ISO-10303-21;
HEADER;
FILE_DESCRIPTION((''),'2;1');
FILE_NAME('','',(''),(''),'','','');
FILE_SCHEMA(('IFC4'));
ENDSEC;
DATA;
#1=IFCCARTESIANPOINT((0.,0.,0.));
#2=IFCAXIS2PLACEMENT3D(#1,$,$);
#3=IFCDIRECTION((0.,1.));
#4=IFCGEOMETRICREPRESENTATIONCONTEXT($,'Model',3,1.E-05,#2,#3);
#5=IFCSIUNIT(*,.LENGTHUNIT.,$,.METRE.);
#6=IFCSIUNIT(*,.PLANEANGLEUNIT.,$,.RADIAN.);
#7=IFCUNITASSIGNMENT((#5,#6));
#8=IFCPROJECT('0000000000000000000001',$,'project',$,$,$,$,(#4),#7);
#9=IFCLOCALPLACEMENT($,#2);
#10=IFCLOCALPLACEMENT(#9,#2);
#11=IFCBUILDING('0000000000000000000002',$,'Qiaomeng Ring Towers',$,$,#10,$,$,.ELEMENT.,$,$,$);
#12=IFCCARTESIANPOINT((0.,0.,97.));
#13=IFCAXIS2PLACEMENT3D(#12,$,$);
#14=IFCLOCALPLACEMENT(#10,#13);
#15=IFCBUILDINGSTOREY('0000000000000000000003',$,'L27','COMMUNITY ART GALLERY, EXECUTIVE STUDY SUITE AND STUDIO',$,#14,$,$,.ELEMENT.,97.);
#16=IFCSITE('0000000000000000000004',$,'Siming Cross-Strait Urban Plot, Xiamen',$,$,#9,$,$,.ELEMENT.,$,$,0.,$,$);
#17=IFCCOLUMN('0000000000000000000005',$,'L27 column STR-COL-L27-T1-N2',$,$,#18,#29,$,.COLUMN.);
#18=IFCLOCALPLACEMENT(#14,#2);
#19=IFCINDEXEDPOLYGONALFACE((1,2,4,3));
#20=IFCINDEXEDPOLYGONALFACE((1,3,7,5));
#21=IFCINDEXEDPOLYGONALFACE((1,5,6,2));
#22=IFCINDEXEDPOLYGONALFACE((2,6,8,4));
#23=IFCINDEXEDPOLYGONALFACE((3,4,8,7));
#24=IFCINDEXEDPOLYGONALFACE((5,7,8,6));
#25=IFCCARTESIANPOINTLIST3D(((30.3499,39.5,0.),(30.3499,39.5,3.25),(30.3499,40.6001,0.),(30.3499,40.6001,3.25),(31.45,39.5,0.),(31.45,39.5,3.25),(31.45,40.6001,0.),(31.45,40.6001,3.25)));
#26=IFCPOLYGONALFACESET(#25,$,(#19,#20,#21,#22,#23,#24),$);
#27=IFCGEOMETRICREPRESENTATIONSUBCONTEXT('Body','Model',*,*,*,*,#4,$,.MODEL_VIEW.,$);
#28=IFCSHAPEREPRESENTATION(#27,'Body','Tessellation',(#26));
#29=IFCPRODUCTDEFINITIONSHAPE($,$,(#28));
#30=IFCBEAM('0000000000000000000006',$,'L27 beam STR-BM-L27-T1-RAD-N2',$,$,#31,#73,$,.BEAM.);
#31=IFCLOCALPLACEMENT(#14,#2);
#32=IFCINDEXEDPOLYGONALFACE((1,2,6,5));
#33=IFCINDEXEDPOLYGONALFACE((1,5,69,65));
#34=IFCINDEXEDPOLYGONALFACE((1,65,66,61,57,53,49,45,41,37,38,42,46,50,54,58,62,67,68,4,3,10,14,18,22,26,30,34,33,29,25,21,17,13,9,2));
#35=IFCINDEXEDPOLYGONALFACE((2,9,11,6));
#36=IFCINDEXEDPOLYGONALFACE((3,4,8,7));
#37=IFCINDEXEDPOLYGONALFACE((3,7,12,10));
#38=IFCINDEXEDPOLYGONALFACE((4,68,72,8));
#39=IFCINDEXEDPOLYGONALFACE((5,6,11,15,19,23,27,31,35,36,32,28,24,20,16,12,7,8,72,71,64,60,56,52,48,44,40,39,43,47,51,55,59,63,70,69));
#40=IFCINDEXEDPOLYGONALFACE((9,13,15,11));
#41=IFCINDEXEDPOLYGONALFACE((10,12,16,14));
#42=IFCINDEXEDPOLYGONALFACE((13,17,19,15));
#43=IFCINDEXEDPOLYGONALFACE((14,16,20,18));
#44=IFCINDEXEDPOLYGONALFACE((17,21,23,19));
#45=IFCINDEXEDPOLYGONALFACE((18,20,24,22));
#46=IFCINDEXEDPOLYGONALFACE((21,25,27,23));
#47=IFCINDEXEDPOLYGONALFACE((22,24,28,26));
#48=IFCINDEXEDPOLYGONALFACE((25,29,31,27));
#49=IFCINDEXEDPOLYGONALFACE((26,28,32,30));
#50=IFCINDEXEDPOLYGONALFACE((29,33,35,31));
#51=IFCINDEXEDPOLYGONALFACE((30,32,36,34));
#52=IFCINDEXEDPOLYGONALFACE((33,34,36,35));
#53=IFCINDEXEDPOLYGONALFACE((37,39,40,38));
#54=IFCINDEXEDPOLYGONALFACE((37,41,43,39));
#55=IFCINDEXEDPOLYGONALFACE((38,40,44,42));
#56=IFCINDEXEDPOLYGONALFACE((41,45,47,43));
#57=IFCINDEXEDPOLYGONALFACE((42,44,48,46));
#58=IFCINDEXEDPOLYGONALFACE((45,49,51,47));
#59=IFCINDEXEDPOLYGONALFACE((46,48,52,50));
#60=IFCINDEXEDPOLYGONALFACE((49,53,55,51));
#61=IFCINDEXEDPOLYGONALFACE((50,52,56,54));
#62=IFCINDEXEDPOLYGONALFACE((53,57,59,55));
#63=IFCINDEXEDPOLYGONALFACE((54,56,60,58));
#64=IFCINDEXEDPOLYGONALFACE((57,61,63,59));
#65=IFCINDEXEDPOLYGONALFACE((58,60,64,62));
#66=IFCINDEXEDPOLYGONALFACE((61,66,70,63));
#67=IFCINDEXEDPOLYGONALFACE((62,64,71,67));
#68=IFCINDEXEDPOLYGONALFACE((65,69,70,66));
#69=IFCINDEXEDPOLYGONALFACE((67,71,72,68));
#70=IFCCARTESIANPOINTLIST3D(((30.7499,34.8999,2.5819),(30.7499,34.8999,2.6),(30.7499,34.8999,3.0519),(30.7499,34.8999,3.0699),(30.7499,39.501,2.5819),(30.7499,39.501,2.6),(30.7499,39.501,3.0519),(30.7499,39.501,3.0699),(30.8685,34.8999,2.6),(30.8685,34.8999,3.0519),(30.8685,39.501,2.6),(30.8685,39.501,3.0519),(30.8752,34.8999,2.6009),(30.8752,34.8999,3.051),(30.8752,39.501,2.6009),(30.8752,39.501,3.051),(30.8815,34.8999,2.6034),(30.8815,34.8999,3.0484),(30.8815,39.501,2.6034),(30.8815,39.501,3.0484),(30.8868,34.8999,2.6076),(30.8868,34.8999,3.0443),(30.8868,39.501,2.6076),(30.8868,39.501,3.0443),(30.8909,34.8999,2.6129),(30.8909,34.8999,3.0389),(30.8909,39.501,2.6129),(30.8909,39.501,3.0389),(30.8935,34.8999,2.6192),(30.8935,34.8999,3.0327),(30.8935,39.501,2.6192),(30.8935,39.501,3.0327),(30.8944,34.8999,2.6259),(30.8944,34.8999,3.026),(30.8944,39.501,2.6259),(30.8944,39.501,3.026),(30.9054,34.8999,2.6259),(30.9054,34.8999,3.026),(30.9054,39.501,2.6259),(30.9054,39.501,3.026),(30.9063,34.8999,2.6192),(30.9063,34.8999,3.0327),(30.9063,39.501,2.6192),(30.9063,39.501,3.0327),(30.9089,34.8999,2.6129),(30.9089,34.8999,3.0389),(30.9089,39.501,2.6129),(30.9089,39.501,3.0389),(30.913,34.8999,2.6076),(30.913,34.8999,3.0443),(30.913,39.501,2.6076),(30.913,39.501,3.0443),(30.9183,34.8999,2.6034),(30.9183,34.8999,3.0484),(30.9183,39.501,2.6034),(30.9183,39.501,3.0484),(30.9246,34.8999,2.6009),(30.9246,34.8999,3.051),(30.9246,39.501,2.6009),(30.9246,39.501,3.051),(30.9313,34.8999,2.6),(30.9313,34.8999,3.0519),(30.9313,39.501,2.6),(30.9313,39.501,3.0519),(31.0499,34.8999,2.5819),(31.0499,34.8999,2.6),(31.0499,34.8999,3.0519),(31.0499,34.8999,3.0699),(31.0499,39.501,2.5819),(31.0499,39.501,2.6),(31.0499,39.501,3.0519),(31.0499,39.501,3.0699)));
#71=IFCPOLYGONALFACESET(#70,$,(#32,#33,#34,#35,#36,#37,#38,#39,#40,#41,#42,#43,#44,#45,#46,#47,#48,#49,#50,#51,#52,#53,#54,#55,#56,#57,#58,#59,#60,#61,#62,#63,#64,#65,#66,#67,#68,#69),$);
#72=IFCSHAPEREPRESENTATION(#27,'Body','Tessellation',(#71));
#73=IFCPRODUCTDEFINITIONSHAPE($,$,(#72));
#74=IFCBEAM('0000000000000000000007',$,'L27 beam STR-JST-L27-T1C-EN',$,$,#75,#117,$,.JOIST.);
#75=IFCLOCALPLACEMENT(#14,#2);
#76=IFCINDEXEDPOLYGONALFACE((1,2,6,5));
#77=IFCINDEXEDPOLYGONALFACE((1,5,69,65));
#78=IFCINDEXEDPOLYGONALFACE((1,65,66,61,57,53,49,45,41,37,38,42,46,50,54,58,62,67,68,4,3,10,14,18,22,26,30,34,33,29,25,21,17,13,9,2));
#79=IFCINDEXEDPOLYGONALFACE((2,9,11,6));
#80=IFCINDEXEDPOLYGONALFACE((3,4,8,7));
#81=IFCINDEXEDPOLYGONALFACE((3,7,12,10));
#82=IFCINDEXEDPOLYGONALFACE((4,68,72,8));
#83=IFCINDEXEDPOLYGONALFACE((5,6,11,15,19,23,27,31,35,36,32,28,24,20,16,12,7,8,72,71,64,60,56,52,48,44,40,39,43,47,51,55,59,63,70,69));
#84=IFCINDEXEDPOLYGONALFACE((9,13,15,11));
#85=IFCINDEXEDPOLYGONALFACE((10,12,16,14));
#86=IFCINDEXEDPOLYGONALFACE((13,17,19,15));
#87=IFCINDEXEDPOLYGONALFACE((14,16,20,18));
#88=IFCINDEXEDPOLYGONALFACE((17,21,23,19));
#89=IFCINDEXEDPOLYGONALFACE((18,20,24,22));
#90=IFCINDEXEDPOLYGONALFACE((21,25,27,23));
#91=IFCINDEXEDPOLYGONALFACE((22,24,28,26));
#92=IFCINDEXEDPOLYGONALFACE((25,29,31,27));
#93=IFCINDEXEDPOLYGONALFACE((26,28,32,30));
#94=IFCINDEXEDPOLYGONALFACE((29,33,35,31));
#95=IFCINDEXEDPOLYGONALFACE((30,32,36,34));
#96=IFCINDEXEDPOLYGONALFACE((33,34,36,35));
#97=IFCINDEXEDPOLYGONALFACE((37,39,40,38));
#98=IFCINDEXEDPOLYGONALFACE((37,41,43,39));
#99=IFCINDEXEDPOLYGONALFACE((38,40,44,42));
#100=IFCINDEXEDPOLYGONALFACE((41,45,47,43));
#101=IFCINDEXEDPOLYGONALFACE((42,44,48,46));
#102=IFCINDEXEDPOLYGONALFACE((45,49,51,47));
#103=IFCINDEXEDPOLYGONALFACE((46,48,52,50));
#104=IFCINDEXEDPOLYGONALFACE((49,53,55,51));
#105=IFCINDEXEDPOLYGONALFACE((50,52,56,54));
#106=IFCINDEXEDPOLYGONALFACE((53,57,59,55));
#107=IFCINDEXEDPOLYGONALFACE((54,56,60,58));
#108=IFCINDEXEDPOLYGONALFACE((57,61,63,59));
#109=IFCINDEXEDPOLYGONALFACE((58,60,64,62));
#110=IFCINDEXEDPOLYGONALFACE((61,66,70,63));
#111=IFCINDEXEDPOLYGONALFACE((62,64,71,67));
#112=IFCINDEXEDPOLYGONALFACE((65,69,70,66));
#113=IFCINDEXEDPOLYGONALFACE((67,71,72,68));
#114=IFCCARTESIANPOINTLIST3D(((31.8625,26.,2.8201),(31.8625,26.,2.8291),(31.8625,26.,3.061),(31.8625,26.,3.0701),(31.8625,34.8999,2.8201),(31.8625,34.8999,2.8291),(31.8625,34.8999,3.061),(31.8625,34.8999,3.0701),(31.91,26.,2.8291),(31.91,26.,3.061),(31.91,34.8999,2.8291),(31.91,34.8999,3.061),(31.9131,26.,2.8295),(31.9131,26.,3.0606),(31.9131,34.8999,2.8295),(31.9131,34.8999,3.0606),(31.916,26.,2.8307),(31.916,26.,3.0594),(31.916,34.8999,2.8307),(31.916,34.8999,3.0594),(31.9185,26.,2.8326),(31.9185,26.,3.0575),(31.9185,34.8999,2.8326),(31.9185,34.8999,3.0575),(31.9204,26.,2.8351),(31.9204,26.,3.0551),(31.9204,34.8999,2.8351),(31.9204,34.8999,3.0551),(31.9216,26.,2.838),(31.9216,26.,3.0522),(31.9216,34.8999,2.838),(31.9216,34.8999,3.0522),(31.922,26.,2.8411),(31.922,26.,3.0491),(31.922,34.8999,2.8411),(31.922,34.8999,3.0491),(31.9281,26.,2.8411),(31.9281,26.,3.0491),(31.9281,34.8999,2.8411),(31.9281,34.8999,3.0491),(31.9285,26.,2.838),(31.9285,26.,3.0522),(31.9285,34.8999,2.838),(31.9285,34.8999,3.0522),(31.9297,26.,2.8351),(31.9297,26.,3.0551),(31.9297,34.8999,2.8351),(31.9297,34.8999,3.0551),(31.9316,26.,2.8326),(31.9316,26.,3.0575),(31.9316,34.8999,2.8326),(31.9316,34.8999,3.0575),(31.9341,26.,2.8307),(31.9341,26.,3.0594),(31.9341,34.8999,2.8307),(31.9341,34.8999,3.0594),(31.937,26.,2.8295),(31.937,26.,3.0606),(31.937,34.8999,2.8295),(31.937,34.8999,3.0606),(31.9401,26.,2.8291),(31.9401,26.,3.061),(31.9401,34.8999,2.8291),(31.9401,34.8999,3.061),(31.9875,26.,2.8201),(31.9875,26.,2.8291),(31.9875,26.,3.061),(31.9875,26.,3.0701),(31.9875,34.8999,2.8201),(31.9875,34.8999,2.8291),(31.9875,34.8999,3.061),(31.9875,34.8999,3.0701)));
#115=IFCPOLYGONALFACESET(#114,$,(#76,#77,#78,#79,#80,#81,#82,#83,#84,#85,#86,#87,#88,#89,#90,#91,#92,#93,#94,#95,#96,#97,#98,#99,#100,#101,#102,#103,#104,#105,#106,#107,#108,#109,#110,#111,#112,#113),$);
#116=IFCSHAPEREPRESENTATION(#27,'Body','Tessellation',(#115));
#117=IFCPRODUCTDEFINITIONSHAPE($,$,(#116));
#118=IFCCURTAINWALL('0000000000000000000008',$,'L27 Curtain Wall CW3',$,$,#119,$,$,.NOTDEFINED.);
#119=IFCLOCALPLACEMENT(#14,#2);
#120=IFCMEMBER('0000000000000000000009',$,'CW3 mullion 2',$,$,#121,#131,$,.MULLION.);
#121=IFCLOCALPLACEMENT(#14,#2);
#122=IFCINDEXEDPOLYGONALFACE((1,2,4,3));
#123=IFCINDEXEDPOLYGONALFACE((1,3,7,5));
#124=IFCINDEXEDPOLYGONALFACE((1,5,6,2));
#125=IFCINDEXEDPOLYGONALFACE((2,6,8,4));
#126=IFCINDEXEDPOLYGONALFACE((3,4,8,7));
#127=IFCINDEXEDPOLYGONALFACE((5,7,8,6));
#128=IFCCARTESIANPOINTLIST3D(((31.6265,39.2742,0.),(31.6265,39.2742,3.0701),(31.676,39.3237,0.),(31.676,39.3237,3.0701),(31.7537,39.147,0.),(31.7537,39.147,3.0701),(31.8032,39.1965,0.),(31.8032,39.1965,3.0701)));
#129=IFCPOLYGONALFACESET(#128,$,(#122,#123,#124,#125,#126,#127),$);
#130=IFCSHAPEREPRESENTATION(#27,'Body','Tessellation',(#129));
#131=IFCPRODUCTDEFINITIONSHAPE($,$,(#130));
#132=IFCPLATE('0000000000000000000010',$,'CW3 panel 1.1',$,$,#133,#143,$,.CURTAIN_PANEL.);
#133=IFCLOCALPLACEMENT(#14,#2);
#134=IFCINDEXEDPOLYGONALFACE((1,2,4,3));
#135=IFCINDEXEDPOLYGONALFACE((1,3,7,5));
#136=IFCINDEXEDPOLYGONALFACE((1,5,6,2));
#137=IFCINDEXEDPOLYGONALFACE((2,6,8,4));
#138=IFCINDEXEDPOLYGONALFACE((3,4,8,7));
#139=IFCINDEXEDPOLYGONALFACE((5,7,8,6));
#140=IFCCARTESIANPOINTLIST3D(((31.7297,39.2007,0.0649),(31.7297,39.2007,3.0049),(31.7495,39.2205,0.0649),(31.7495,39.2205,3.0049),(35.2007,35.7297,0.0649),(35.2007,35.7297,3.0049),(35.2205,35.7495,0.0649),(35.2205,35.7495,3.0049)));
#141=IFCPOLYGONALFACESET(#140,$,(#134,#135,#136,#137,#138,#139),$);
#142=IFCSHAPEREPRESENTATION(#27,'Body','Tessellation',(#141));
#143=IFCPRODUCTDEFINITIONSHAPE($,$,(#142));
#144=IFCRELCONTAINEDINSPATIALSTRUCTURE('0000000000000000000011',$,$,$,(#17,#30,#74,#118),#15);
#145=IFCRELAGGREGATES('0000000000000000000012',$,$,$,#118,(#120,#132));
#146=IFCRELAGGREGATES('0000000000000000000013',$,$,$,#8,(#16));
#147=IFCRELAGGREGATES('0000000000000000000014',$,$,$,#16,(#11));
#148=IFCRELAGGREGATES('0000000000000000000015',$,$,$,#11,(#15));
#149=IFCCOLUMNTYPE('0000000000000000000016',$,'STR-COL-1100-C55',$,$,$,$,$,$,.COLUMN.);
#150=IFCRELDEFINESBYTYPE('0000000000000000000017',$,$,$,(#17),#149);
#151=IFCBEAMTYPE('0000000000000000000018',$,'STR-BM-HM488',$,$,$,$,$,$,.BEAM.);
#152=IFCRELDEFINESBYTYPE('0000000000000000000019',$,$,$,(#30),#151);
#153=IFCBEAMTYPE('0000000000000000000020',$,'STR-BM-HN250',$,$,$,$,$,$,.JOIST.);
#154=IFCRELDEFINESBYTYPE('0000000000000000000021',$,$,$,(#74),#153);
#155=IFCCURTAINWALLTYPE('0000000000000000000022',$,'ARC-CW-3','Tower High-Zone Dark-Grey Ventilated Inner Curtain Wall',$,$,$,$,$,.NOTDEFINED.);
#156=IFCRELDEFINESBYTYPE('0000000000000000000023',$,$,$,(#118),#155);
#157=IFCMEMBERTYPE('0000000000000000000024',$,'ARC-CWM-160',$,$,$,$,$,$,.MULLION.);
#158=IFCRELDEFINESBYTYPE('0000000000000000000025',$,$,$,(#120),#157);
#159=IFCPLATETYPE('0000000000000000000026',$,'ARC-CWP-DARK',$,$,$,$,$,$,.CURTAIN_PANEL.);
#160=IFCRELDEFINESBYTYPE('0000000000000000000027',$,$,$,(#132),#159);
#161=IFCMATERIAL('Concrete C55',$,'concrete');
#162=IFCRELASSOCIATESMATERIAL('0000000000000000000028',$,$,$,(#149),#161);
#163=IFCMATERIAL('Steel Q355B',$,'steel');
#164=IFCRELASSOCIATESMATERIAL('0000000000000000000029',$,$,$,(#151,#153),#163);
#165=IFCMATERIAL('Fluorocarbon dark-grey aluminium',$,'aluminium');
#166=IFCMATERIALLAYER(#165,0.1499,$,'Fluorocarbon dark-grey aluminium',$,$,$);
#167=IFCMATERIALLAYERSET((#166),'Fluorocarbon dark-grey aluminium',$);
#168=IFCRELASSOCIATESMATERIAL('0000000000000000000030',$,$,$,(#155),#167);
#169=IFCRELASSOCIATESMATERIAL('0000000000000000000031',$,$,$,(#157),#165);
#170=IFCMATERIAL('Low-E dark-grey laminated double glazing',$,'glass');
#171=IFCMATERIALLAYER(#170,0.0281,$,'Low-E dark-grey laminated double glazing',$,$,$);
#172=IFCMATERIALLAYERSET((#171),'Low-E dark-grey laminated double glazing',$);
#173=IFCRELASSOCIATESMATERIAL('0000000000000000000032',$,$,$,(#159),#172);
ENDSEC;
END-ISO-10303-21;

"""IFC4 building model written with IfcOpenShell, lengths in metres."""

from ifc_helpers import new_model, si_unit, direction, frame, origin, origin_2d, place, context, subcontext, project, spatial, rectangle, i_section, extrude, source, transform, mapped, material, layer, layer_set, material_profile, profile_set, type_object, element, aggregate, save


model = new_model("IFC4")

# Units and contexts
model_context = context("Model", 3, precision=1e-05, world=origin(), true_north=direction((0.0, 1.0)))
body_context = subcontext(model_context, "Body", "Model", "MODEL_VIEW")
ifc_project = project(units=[si_unit("LENGTHUNIT", "METRE"), si_unit("PLANEANGLEUNIT", "RADIAN")], contexts=[model_context])

# Site, building, storey
site_placement = place(None, origin())
site = spatial("IfcSite", under=ifc_project, at=site_placement, Name="Siming Cross-Strait Urban Plot, Xiamen", CompositionType="ELEMENT", RefElevation=0.0)
building_placement = place(site_placement, origin())
building = spatial("IfcBuilding", under=site, at=building_placement, Name="Qiaomeng Ring Towers", CompositionType="ELEMENT")
storey_placement = place(building_placement, frame((0.0, 0.0, 97.0)))
storey = spatial("IfcBuildingStorey", under=building, at=storey_placement, Name="L27", Description="COMMUNITY ART GALLERY, EXECUTIVE STUDY SUITE AND STUDIO", CompositionType="ELEMENT", Elevation=97.0)

# Column
ifc_material_1 = material(Name="Concrete C55", Category="concrete")
ifc_material_profile_1 = material_profile(ifc_material_1, rectangle(XDim=1.1001, YDim=1.1001, at=origin_2d()), Name="RC COL 1100x1100")
ifc_profile_set_1 = profile_set([ifc_material_profile_1], Name="Concrete C55")
column_type = type_object("IfcColumnType", Name="STR-COL-1100-C55", PredefinedType="COLUMN", material=ifc_profile_set_1)
shared_shape_1 = source(origin(), body_context, "Body", "SweptSolid", [
    extrude(rectangle(XDim=1.1001, YDim=1.1001, at=origin_2d()), origin(), (0.0, 0.0, 1.0), 3.25),
])
column_placement = place(storey_placement, frame((30.8999, 40.05, 0.0), z_axis=(0.0, 0.0, 1.0), x_axis=(1.0, 0.0, 0.0)))
element("IfcColumn", 1, at=column_placement, inside=storey, type_object=column_type, Name="L27 column STR-COL-L27-T1-N2", PredefinedType="COLUMN", context=body_context, shape_type="MappedRepresentation", body=[
    mapped(shared_shape_1, transform((0.0, 0.0, 0.0), x_axis=(1.0, 0.0, 0.0), y_axis=(0.0, 1.0, 0.0), z_axis=(0.0, 0.0, 1.0), scale=1.0)),
])

# Beams
ifc_material_2 = material(Name="Steel Q355B", Category="steel")
ifc_material_profile_2 = material_profile(ifc_material_2, i_section(OverallWidth=0.3, OverallDepth=0.488, WebThickness=0.011, FlangeThickness=0.0181, FilletRadius=0.0259, at=origin_2d()), Name="HM 488x300x11x18")
ifc_profile_set_2 = profile_set([ifc_material_profile_2], Name="Steel Q355B")
beam_type_1 = type_object("IfcBeamType", Name="STR-BM-HM488", PredefinedType="BEAM", material=ifc_profile_set_2)
shared_shape_2 = source(origin(), body_context, "Body", "SweptSolid", [
    extrude(i_section(OverallWidth=0.3, OverallDepth=0.488, WebThickness=0.011, FlangeThickness=0.0181, FilletRadius=0.0259, at=origin_2d()), origin(), (0.0, 0.0, 1.0), 4.6011),
])
beam_1_placement = place(storey_placement, frame((30.8999, 39.501, 2.8259), z_axis=(0.0, -1.0, 0.0), x_axis=(1.0, 0.0, 0.0)))
element("IfcBeam", 2, at=beam_1_placement, inside=storey, type_object=beam_type_1, Name="L27 beam STR-BM-L27-T1-RAD-N2", PredefinedType="BEAM", context=body_context, shape_type="MappedRepresentation", body=[
    mapped(shared_shape_2, transform((0.0, 0.0, 0.0), x_axis=(1.0, 0.0, 0.0), y_axis=(0.0, 1.0, 0.0), z_axis=(0.0, 0.0, 1.0), scale=1.0)),
])
ifc_material_profile_3 = material_profile(ifc_material_2, i_section(OverallWidth=0.125, OverallDepth=0.25, WebThickness=0.0061, FlangeThickness=0.009, FilletRadius=0.012, at=origin_2d()), Name="HN 250x125x6x9")
ifc_profile_set_3 = profile_set([ifc_material_profile_3], Name="Steel Q355B")
beam_type_2 = type_object("IfcBeamType", Name="STR-BM-HN250", PredefinedType="JOIST", material=ifc_profile_set_3)
shared_shape_3 = source(origin(), body_context, "Body", "SweptSolid", [
    extrude(i_section(OverallWidth=0.125, OverallDepth=0.25, WebThickness=0.0061, FlangeThickness=0.009, FilletRadius=0.012, at=origin_2d()), origin(), (0.0, 0.0, 1.0), 8.8999),
])
beam_2_placement = place(storey_placement, frame((31.925, 26.0, 2.9451), z_axis=(0.0, 1.0, 0.0), x_axis=(-1.0, 0.0, 0.0)))
element("IfcBeam", 3, at=beam_2_placement, inside=storey, type_object=beam_type_2, Name="L27 beam STR-JST-L27-T1C-EN", PredefinedType="JOIST", context=body_context, shape_type="MappedRepresentation", body=[
    mapped(shared_shape_3, transform((0.0, 0.0, 0.0), x_axis=(1.0, 0.0, 0.0), y_axis=(0.0, 1.0, 0.0), z_axis=(0.0, 0.0, 1.0), scale=1.0)),
])

# Curtain wall, member, plate
ifc_material_3 = material(Name="Fluorocarbon dark-grey aluminium", Category="aluminium")
ifc_layer_1 = layer(ifc_material_3, 0.1499, Name="Fluorocarbon dark-grey aluminium")
ifc_layer_set_1 = layer_set([ifc_layer_1], Name="Fluorocarbon dark-grey aluminium")
curtain_wall_type = type_object("IfcCurtainWallType", Name="ARC-CW-3", Description="Tower High-Zone Dark-Grey Ventilated Inner Curtain Wall", PredefinedType="NOTDEFINED", material=ifc_layer_set_1)
curtain_wall_placement = place(storey_placement, origin())
curtain_wall = element("IfcCurtainWall", 4, at=curtain_wall_placement, inside=storey, type_object=curtain_wall_type, Name="L27 Curtain Wall CW3", PredefinedType="NOTDEFINED")
ifc_material_profile_4 = material_profile(ifc_material_3, rectangle(XDim=0.0701, YDim=0.1799, at=origin_2d()), Name="ALU MULL 70x180")
ifc_profile_set_4 = profile_set([ifc_material_profile_4], Name="Fluorocarbon dark-grey aluminium")
member_type = type_object("IfcMemberType", Name="ARC-CWM-160", PredefinedType="MULLION", material=ifc_profile_set_4)
shared_shape_4 = source(origin(), body_context, "Body", "SweptSolid", [
    extrude(rectangle(XDim=0.0701, YDim=0.1799, at=origin_2d()), origin(), (0.0, 0.0, 1.0), 3.0701),
])
member_placement = place(storey_placement, frame((31.7148, 39.2354, 0.0), z_axis=(0.0, 0.0, 1.0), x_axis=(-0.707107, -0.707107, 0.0)))
member = element("IfcMember", 5, at=member_placement, type_object=member_type, Name="CW3 mullion 2", PredefinedType="MULLION", context=body_context, shape_type="MappedRepresentation", body=[
    mapped(shared_shape_4, transform((0.0, 0.0, 0.0), x_axis=(1.0, 0.0, 0.0), y_axis=(0.0, 1.0, 0.0), z_axis=(0.0, 0.0, 1.0), scale=1.0)),
])
ifc_material_4 = material(Name="Low-E dark-grey laminated double glazing", Category="glass")
ifc_layer_2 = layer(ifc_material_4, 0.0281, Name="Low-E dark-grey laminated double glazing")
ifc_layer_set_2 = layer_set([ifc_layer_2], Name="Low-E dark-grey laminated double glazing")
plate_type = type_object("IfcPlateType", Name="ARC-CWP-DARK", PredefinedType="CURTAIN_PANEL", material=ifc_layer_set_2)
shared_shape_5 = source(origin(), body_context, "Body", "SweptSolid", [
    extrude(rectangle(XDim=4.9087, YDim=0.0281, at=origin_2d()), origin(), (0.0, 0.0, 1.0), 2.9399),
])
plate_placement = place(storey_placement, frame((33.4751, 37.4751, 0.0649), z_axis=(0.0, 0.0, 1.0), x_axis=(-0.707107, 0.707107, 0.0)))
plate = element("IfcPlate", 6, at=plate_placement, type_object=plate_type, Name="CW3 panel 1.1", PredefinedType="CURTAIN_PANEL", context=body_context, shape_type="MappedRepresentation", body=[
    mapped(shared_shape_5, transform((0.0, 0.0, 0.0), x_axis=(1.0, 0.0, 0.0), y_axis=(0.0, 1.0, 0.0), z_axis=(0.0, 0.0, 1.0), scale=1.0)),
])
aggregate(curtain_wall, [member, plate])

save(model, "model.ifc")
